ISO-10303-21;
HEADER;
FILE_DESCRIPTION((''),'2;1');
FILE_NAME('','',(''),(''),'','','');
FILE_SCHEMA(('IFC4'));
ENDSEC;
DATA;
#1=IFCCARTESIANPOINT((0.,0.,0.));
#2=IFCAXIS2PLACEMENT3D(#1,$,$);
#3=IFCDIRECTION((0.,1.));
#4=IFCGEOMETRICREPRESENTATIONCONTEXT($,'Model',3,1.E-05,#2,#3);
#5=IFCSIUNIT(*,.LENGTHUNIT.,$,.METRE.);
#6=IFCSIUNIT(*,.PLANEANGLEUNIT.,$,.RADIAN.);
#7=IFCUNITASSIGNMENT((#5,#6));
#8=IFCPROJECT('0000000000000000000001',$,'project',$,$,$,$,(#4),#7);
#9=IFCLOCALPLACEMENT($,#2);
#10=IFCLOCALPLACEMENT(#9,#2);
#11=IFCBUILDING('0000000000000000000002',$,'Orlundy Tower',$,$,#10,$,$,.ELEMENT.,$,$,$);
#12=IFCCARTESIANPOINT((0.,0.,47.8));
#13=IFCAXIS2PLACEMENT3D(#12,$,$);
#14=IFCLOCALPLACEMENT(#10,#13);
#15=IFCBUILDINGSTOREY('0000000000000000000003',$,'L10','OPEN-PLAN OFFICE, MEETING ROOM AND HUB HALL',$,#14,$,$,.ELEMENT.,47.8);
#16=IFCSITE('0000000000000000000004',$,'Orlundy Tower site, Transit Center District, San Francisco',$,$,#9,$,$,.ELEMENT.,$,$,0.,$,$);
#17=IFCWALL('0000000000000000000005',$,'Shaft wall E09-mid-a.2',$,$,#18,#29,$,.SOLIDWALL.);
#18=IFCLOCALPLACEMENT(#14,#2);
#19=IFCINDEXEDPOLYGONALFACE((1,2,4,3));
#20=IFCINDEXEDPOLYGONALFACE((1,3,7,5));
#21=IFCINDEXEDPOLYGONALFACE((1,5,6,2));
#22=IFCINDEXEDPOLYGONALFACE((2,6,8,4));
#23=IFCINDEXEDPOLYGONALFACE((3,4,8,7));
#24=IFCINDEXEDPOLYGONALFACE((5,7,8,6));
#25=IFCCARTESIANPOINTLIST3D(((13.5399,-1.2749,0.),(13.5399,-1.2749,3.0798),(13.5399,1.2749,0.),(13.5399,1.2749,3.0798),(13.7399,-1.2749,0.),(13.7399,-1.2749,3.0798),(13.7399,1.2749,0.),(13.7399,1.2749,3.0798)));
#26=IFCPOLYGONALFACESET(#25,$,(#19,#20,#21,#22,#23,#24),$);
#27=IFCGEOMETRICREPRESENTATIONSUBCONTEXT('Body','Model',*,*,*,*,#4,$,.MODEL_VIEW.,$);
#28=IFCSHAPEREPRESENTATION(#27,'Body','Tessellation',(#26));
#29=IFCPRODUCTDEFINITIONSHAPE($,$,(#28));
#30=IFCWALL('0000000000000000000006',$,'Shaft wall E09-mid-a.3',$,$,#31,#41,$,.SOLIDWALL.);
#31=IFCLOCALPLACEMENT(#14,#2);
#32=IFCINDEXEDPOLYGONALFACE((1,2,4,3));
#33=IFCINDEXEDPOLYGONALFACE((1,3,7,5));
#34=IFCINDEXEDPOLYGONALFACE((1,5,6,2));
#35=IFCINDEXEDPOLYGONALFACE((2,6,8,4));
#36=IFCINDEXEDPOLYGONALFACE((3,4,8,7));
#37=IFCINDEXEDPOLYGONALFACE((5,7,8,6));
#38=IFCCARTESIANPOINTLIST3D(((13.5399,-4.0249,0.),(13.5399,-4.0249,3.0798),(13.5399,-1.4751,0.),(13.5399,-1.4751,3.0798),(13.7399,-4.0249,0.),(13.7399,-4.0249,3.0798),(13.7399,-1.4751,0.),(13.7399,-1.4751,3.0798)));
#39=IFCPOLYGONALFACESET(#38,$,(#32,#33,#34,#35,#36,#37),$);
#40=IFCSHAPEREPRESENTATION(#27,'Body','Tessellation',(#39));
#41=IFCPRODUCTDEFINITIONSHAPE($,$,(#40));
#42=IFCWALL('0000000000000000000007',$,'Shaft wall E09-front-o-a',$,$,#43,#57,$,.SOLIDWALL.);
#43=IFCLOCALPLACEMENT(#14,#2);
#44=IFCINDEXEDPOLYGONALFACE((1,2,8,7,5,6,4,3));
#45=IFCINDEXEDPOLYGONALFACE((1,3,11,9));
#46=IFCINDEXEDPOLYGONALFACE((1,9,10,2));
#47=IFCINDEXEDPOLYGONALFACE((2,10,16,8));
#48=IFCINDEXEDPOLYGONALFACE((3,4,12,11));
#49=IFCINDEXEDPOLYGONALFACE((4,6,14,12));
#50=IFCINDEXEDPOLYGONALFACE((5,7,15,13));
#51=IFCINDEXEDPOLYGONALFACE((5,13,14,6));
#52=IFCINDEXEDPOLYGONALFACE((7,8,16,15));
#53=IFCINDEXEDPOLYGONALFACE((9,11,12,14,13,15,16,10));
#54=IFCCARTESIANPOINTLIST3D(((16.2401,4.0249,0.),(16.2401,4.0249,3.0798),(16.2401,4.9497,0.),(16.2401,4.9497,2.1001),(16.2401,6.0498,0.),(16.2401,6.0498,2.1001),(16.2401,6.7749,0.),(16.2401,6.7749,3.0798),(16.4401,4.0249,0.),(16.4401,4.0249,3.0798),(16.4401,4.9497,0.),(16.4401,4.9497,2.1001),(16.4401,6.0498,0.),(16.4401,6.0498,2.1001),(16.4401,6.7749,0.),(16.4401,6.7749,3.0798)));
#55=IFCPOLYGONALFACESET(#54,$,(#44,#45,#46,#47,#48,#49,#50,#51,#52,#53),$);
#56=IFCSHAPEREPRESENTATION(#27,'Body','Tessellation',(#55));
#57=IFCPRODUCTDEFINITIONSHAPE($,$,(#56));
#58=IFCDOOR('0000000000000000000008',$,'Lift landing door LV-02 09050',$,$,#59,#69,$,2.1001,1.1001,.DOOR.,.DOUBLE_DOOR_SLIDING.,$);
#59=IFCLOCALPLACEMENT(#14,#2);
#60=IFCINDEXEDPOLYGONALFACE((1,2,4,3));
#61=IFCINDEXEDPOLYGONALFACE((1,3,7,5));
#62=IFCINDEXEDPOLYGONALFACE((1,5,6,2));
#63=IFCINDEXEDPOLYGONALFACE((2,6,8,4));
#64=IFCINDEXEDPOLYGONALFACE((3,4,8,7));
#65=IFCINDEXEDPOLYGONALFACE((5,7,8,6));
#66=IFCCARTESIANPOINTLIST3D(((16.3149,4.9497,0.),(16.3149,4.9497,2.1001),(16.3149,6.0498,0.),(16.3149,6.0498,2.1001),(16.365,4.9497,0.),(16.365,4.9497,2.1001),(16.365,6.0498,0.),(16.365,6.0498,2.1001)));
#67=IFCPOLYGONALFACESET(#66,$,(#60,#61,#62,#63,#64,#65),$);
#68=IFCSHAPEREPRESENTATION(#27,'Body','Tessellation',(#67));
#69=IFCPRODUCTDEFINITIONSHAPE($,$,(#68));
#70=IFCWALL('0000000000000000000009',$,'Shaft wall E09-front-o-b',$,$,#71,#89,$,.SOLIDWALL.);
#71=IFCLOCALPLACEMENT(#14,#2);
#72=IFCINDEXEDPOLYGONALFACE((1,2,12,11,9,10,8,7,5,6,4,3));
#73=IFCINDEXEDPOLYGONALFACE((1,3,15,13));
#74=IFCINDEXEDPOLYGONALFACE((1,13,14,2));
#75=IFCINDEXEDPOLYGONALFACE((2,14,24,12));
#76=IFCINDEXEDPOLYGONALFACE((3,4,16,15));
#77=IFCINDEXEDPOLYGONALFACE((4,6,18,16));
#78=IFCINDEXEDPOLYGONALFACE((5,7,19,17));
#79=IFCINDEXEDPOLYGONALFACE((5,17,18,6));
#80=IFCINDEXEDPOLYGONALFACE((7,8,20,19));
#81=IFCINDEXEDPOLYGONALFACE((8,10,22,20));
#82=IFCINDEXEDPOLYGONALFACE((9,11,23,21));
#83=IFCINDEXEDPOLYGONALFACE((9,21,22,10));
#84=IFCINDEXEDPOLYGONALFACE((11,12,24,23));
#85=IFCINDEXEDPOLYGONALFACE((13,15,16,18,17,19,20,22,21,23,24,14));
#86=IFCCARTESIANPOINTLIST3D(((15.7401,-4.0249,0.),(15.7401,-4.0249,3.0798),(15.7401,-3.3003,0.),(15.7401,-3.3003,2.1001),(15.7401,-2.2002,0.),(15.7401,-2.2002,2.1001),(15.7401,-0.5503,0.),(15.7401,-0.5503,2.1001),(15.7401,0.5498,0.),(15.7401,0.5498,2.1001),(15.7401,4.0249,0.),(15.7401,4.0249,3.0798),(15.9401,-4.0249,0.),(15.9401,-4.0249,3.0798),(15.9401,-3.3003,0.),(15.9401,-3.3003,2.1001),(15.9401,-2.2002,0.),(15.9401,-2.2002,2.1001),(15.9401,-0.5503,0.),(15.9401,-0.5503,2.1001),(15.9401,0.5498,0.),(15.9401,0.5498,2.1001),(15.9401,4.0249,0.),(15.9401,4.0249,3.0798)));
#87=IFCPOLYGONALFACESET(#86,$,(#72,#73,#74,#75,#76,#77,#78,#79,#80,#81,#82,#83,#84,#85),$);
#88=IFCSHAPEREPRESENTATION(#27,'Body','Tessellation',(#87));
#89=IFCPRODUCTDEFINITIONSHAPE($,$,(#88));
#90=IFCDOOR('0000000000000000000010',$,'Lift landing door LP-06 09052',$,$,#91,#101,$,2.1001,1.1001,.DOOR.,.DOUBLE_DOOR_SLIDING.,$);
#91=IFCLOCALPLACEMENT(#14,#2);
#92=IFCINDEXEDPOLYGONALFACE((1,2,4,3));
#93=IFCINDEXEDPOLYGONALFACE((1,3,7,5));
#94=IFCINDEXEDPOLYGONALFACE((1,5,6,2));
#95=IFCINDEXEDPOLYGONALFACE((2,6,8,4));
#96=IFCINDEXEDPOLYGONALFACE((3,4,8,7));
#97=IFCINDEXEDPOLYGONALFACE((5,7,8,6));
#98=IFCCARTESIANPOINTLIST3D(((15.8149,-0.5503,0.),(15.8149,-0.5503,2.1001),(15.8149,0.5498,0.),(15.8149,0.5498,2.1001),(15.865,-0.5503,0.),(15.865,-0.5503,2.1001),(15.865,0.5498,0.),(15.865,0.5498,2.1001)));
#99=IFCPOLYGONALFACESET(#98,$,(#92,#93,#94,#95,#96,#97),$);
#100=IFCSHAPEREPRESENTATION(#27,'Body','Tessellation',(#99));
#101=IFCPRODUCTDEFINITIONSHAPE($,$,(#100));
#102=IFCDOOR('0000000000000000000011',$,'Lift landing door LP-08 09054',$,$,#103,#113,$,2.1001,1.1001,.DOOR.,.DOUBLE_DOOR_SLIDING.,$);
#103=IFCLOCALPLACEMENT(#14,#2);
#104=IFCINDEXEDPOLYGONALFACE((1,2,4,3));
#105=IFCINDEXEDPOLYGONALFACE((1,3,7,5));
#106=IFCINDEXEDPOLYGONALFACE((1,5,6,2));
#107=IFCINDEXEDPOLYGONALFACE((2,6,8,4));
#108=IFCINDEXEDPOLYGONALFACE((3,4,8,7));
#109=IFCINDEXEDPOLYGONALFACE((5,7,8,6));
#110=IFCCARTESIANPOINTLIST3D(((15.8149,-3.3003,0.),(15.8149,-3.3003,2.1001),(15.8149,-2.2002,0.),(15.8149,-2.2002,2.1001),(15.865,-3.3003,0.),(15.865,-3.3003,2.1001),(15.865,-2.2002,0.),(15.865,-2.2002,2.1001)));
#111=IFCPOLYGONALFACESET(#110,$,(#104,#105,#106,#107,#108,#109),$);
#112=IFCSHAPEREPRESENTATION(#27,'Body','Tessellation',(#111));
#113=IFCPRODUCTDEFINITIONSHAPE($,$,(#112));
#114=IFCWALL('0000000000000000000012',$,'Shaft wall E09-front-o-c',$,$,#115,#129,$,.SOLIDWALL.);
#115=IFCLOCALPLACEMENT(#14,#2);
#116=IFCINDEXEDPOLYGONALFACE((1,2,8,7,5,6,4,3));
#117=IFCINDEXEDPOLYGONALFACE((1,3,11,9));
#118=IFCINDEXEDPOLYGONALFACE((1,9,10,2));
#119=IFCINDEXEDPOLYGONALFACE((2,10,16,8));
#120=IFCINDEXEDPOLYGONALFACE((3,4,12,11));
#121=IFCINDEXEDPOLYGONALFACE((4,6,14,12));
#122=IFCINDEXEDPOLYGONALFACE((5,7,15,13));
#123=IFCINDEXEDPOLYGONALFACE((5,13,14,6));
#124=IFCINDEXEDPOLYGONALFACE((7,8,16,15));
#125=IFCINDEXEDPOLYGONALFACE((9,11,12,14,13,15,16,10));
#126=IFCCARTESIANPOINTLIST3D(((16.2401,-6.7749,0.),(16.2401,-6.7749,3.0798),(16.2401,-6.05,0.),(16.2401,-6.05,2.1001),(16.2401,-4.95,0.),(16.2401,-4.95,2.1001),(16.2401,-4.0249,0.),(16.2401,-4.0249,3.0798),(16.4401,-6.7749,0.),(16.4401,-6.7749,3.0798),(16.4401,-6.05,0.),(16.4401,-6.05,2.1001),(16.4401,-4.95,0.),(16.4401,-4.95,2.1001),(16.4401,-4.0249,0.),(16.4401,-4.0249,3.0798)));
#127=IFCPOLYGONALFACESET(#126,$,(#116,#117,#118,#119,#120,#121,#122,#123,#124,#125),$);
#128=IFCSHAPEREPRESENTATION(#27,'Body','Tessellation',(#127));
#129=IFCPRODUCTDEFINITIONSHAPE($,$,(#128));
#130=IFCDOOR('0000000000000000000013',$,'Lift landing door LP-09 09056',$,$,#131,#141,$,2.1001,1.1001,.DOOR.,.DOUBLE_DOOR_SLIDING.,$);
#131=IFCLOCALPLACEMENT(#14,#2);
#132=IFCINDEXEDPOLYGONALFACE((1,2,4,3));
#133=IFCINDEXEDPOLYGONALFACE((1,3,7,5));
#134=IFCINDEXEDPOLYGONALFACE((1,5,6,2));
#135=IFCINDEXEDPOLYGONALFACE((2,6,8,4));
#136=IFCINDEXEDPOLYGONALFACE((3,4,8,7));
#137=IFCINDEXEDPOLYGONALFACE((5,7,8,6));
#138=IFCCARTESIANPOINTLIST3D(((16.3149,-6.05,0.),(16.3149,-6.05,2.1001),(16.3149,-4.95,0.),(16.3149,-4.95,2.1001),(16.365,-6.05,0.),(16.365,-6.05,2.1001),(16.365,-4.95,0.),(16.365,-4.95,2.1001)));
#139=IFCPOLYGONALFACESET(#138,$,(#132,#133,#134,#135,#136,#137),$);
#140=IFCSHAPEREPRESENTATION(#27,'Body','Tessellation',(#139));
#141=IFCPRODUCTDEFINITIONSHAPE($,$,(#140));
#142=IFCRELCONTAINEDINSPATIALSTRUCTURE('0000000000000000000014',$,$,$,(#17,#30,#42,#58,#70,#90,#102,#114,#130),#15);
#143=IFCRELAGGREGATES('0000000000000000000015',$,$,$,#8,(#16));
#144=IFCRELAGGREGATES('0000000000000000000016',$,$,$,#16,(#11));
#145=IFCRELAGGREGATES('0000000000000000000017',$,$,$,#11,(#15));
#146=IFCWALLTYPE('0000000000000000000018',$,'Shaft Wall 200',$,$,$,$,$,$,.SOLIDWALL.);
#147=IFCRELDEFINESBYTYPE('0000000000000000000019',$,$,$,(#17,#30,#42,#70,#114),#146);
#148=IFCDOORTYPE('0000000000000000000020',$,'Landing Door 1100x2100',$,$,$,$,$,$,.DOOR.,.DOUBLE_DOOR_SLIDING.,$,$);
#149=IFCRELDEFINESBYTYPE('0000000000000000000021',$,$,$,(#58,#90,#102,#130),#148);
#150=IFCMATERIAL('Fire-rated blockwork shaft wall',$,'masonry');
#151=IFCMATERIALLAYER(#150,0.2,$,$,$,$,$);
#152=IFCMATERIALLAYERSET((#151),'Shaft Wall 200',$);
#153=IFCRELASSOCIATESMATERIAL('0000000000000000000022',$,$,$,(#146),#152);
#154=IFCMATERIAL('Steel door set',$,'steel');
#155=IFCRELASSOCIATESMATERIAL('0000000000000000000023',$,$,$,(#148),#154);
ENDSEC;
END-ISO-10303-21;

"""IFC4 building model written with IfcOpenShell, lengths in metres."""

from ifc_helpers import new_model, si_unit, direction, frame, frame_2d, origin, place, context, subcontext, project, spatial, rectangle, extrude, material, layer, layer_set, type_object, element, fill, save


model = new_model("IFC4")

# Units and contexts
model_context = context("Model", 3, precision=1e-05, world=origin(), true_north=direction((0.0, 1.0)))
body_context = subcontext(model_context, "Body", "Model", "MODEL_VIEW")
ifc_project = project(units=[si_unit("LENGTHUNIT", "METRE"), si_unit("PLANEANGLEUNIT", "RADIAN")], contexts=[model_context])

# Site, building, storey
site_placement = place(None, origin())
site = spatial("IfcSite", under=ifc_project, at=site_placement, Name="Orlundy Tower site, Transit Center District, San Francisco", CompositionType="ELEMENT", RefElevation=0.0)
building_placement = place(site_placement, origin())
building = spatial("IfcBuilding", under=site, at=building_placement, Name="Orlundy Tower", CompositionType="ELEMENT")
storey_placement = place(building_placement, frame((0.0, 0.0, 47.8)))
storey = spatial("IfcBuildingStorey", under=building, at=storey_placement, Name="L10", Description="OPEN-PLAN OFFICE, MEETING ROOM AND HUB HALL", CompositionType="ELEMENT", Elevation=47.8)

# Walls
ifc_material_1 = material(Name="Fire-rated blockwork shaft wall", Category="masonry")
ifc_layer_1 = layer(ifc_material_1, 0.2)
ifc_layer_set_1 = layer_set([ifc_layer_1], Name="Shaft Wall 200")
wall_type_1 = type_object("IfcWallType", Name="Shaft Wall 200", PredefinedType="SOLIDWALL", material=ifc_layer_set_1)
for number, where, z_axis, x_axis, name in (
    (1, (13.6399, 1.2749, 0.0), (0.0, 0.0, 1.0), (0.0, -1.0, 0.0), "Shaft wall E09-mid-a.2"),
    (2, (13.6399, -1.4751, 0.0), (0.0, 0.0, 1.0), (0.0, -1.0, 0.0), "Shaft wall E09-mid-a.3"),
):
    element("IfcWall", number, at=place(storey_placement, frame(where, z_axis=z_axis, x_axis=x_axis)), inside=storey, type_object=wall_type_1, Name=name, PredefinedType="SOLIDWALL", context=body_context, shape_type="SweptSolid", body=[
        extrude(rectangle(XDim=2.5498, YDim=0.2, at=frame_2d((1.2749, 0.0))), origin(), (0.0, 0.0, 1.0), 3.0798),
    ])

# Wall, opening, door
wall_1_placement = place(storey_placement, frame((16.3401, 6.7749, 0.0), z_axis=(0.0, 0.0, 1.0), x_axis=(0.0, -1.0, 0.0)))
wall_1 = element("IfcWall", 3, at=wall_1_placement, inside=storey, type_object=wall_type_1, Name="Shaft wall E09-front-o-a", PredefinedType="SOLIDWALL", context=body_context, shape_type="SweptSolid", body=[
    extrude(rectangle(XDim=2.75, YDim=0.2, at=frame_2d((1.375, 0.0))), origin(), (0.0, 0.0, 1.0), 3.0798),
])
opening_1_placement = place(wall_1_placement, frame((0.7251, 0.0, 0.0)))
opening_1 = element("IfcOpeningElement", 4, at=opening_1_placement, cuts=wall_1, PredefinedType="OPENING", context=body_context, shape_type="SweptSolid", body=[
    extrude(rectangle(XDim=1.1001, YDim=2.1001, at=frame_2d((0.55, 1.05))), frame((0.0, 0.1101, 0.0), z_axis=(0.0, -1.0, 0.0), x_axis=(1.0, 0.0, 0.0)), (0.0, 0.0, 1.0), 0.2202),
])
ifc_material_2 = material(Name="Steel door set", Category="steel")
door_type_1 = type_object("IfcDoorType", Name="Landing Door 1100x2100", OperationType="DOUBLE_DOOR_SLIDING", PredefinedType="DOOR", material=ifc_material_2)
door_1_placement = place(opening_1_placement, origin())
door_1 = element("IfcDoor", 5, at=door_1_placement, inside=storey, type_object=door_type_1, Name="Lift landing door LV-02 09050", OperationType="DOUBLE_DOOR_SLIDING", OverallHeight=2.1001, OverallWidth=1.1001, PredefinedType="DOOR", context=body_context, shape_type="SweptSolid", body=[
    extrude(rectangle(XDim=1.1001, YDim=2.1001, at=frame_2d((0.55, 1.05))), frame((0.0, 0.0249, 0.0), z_axis=(0.0, -1.0, 0.0), x_axis=(1.0, 0.0, 0.0)), (0.0, 0.0, 1.0), 0.05),
])
fill(opening_1, door_1)

# Wall, openings, doors
wall_2_placement = place(storey_placement, frame((15.8401, 4.0249, 0.0), z_axis=(0.0, 0.0, 1.0), x_axis=(0.0, -1.0, 0.0)))
wall_2 = element("IfcWall", 6, at=wall_2_placement, inside=storey, type_object=wall_type_1, Name="Shaft wall E09-front-o-b", PredefinedType="SOLIDWALL", context=body_context, shape_type="SweptSolid", body=[
    extrude(rectangle(XDim=8.0498, YDim=0.2, at=frame_2d((4.0249, 0.0))), origin(), (0.0, 0.0, 1.0), 3.0798),
])
opening_2_placement = place(wall_2_placement, frame((3.4751, 0.0, 0.0)))
opening_2 = element("IfcOpeningElement", 7, at=opening_2_placement, cuts=wall_2, PredefinedType="OPENING", context=body_context, shape_type="SweptSolid", body=[
    extrude(rectangle(XDim=1.1001, YDim=2.1001, at=frame_2d((0.55, 1.05))), frame((0.0, 0.1101, 0.0), z_axis=(0.0, -1.0, 0.0), x_axis=(1.0, 0.0, 0.0)), (0.0, 0.0, 1.0), 0.2202),
])
opening_3_placement = place(wall_2_placement, frame((6.2251, 0.0, 0.0)))
opening_3 = element("IfcOpeningElement", 8, at=opening_3_placement, cuts=wall_2, PredefinedType="OPENING", context=body_context, shape_type="SweptSolid", body=[
    extrude(rectangle(XDim=1.1001, YDim=2.1001, at=frame_2d((0.55, 1.05))), frame((0.0, 0.1101, 0.0), z_axis=(0.0, -1.0, 0.0), x_axis=(1.0, 0.0, 0.0)), (0.0, 0.0, 1.0), 0.2202),
])
door_2_placement = place(opening_2_placement, origin())
door_2 = element("IfcDoor", 9, at=door_2_placement, inside=storey, type_object=door_type_1, Name="Lift landing door LP-06 09052", OperationType="DOUBLE_DOOR_SLIDING", OverallHeight=2.1001, OverallWidth=1.1001, PredefinedType="DOOR", context=body_context, shape_type="SweptSolid", body=[
    extrude(rectangle(XDim=1.1001, YDim=2.1001, at=frame_2d((0.55, 1.05))), frame((0.0, 0.0249, 0.0), z_axis=(0.0, -1.0, 0.0), x_axis=(1.0, 0.0, 0.0)), (0.0, 0.0, 1.0), 0.05),
])
fill(opening_2, door_2)
door_3_placement = place(opening_3_placement, origin())
door_3 = element("IfcDoor", 10, at=door_3_placement, inside=storey, type_object=door_type_1, Name="Lift landing door LP-08 09054", OperationType="DOUBLE_DOOR_SLIDING", OverallHeight=2.1001, OverallWidth=1.1001, PredefinedType="DOOR", context=body_context, shape_type="SweptSolid", body=[
    extrude(rectangle(XDim=1.1001, YDim=2.1001, at=frame_2d((0.55, 1.05))), frame((0.0, 0.0249, 0.0), z_axis=(0.0, -1.0, 0.0), x_axis=(1.0, 0.0, 0.0)), (0.0, 0.0, 1.0), 0.05),
])
fill(opening_3, door_3)

# Wall, opening, door
wall_3_placement = place(storey_placement, frame((16.3401, -4.0249, 0.0), z_axis=(0.0, 0.0, 1.0), x_axis=(0.0, -1.0, 0.0)))
wall_3 = element("IfcWall", 11, at=wall_3_placement, inside=storey, type_object=wall_type_1, Name="Shaft wall E09-front-o-c", PredefinedType="SOLIDWALL", context=body_context, shape_type="SweptSolid", body=[
    extrude(rectangle(XDim=2.75, YDim=0.2, at=frame_2d((1.375, 0.0))), origin(), (0.0, 0.0, 1.0), 3.0798),
])
opening_4_placement = place(wall_3_placement, frame((0.925, 0.0, 0.0)))
opening_4 = element("IfcOpeningElement", 12, at=opening_4_placement, cuts=wall_3, PredefinedType="OPENING", context=body_context, shape_type="SweptSolid", body=[
    extrude(rectangle(XDim=1.1001, YDim=2.1001, at=frame_2d((0.55, 1.05))), frame((0.0, 0.1101, 0.0), z_axis=(0.0, -1.0, 0.0), x_axis=(1.0, 0.0, 0.0)), (0.0, 0.0, 1.0), 0.2202),
])
door_4_placement = place(opening_4_placement, origin())
door_4 = element("IfcDoor", 13, at=door_4_placement, inside=storey, type_object=door_type_1, Name="Lift landing door LP-09 09056", OperationType="DOUBLE_DOOR_SLIDING", OverallHeight=2.1001, OverallWidth=1.1001, PredefinedType="DOOR", context=body_context, shape_type="SweptSolid", body=[
    extrude(rectangle(XDim=1.1001, YDim=2.1001, at=frame_2d((0.55, 1.05))), frame((0.0, 0.0249, 0.0), z_axis=(0.0, -1.0, 0.0), x_axis=(1.0, 0.0, 0.0)), (0.0, 0.0, 1.0), 0.05),
])
fill(opening_4, door_4)

save(model, "model.ifc")
